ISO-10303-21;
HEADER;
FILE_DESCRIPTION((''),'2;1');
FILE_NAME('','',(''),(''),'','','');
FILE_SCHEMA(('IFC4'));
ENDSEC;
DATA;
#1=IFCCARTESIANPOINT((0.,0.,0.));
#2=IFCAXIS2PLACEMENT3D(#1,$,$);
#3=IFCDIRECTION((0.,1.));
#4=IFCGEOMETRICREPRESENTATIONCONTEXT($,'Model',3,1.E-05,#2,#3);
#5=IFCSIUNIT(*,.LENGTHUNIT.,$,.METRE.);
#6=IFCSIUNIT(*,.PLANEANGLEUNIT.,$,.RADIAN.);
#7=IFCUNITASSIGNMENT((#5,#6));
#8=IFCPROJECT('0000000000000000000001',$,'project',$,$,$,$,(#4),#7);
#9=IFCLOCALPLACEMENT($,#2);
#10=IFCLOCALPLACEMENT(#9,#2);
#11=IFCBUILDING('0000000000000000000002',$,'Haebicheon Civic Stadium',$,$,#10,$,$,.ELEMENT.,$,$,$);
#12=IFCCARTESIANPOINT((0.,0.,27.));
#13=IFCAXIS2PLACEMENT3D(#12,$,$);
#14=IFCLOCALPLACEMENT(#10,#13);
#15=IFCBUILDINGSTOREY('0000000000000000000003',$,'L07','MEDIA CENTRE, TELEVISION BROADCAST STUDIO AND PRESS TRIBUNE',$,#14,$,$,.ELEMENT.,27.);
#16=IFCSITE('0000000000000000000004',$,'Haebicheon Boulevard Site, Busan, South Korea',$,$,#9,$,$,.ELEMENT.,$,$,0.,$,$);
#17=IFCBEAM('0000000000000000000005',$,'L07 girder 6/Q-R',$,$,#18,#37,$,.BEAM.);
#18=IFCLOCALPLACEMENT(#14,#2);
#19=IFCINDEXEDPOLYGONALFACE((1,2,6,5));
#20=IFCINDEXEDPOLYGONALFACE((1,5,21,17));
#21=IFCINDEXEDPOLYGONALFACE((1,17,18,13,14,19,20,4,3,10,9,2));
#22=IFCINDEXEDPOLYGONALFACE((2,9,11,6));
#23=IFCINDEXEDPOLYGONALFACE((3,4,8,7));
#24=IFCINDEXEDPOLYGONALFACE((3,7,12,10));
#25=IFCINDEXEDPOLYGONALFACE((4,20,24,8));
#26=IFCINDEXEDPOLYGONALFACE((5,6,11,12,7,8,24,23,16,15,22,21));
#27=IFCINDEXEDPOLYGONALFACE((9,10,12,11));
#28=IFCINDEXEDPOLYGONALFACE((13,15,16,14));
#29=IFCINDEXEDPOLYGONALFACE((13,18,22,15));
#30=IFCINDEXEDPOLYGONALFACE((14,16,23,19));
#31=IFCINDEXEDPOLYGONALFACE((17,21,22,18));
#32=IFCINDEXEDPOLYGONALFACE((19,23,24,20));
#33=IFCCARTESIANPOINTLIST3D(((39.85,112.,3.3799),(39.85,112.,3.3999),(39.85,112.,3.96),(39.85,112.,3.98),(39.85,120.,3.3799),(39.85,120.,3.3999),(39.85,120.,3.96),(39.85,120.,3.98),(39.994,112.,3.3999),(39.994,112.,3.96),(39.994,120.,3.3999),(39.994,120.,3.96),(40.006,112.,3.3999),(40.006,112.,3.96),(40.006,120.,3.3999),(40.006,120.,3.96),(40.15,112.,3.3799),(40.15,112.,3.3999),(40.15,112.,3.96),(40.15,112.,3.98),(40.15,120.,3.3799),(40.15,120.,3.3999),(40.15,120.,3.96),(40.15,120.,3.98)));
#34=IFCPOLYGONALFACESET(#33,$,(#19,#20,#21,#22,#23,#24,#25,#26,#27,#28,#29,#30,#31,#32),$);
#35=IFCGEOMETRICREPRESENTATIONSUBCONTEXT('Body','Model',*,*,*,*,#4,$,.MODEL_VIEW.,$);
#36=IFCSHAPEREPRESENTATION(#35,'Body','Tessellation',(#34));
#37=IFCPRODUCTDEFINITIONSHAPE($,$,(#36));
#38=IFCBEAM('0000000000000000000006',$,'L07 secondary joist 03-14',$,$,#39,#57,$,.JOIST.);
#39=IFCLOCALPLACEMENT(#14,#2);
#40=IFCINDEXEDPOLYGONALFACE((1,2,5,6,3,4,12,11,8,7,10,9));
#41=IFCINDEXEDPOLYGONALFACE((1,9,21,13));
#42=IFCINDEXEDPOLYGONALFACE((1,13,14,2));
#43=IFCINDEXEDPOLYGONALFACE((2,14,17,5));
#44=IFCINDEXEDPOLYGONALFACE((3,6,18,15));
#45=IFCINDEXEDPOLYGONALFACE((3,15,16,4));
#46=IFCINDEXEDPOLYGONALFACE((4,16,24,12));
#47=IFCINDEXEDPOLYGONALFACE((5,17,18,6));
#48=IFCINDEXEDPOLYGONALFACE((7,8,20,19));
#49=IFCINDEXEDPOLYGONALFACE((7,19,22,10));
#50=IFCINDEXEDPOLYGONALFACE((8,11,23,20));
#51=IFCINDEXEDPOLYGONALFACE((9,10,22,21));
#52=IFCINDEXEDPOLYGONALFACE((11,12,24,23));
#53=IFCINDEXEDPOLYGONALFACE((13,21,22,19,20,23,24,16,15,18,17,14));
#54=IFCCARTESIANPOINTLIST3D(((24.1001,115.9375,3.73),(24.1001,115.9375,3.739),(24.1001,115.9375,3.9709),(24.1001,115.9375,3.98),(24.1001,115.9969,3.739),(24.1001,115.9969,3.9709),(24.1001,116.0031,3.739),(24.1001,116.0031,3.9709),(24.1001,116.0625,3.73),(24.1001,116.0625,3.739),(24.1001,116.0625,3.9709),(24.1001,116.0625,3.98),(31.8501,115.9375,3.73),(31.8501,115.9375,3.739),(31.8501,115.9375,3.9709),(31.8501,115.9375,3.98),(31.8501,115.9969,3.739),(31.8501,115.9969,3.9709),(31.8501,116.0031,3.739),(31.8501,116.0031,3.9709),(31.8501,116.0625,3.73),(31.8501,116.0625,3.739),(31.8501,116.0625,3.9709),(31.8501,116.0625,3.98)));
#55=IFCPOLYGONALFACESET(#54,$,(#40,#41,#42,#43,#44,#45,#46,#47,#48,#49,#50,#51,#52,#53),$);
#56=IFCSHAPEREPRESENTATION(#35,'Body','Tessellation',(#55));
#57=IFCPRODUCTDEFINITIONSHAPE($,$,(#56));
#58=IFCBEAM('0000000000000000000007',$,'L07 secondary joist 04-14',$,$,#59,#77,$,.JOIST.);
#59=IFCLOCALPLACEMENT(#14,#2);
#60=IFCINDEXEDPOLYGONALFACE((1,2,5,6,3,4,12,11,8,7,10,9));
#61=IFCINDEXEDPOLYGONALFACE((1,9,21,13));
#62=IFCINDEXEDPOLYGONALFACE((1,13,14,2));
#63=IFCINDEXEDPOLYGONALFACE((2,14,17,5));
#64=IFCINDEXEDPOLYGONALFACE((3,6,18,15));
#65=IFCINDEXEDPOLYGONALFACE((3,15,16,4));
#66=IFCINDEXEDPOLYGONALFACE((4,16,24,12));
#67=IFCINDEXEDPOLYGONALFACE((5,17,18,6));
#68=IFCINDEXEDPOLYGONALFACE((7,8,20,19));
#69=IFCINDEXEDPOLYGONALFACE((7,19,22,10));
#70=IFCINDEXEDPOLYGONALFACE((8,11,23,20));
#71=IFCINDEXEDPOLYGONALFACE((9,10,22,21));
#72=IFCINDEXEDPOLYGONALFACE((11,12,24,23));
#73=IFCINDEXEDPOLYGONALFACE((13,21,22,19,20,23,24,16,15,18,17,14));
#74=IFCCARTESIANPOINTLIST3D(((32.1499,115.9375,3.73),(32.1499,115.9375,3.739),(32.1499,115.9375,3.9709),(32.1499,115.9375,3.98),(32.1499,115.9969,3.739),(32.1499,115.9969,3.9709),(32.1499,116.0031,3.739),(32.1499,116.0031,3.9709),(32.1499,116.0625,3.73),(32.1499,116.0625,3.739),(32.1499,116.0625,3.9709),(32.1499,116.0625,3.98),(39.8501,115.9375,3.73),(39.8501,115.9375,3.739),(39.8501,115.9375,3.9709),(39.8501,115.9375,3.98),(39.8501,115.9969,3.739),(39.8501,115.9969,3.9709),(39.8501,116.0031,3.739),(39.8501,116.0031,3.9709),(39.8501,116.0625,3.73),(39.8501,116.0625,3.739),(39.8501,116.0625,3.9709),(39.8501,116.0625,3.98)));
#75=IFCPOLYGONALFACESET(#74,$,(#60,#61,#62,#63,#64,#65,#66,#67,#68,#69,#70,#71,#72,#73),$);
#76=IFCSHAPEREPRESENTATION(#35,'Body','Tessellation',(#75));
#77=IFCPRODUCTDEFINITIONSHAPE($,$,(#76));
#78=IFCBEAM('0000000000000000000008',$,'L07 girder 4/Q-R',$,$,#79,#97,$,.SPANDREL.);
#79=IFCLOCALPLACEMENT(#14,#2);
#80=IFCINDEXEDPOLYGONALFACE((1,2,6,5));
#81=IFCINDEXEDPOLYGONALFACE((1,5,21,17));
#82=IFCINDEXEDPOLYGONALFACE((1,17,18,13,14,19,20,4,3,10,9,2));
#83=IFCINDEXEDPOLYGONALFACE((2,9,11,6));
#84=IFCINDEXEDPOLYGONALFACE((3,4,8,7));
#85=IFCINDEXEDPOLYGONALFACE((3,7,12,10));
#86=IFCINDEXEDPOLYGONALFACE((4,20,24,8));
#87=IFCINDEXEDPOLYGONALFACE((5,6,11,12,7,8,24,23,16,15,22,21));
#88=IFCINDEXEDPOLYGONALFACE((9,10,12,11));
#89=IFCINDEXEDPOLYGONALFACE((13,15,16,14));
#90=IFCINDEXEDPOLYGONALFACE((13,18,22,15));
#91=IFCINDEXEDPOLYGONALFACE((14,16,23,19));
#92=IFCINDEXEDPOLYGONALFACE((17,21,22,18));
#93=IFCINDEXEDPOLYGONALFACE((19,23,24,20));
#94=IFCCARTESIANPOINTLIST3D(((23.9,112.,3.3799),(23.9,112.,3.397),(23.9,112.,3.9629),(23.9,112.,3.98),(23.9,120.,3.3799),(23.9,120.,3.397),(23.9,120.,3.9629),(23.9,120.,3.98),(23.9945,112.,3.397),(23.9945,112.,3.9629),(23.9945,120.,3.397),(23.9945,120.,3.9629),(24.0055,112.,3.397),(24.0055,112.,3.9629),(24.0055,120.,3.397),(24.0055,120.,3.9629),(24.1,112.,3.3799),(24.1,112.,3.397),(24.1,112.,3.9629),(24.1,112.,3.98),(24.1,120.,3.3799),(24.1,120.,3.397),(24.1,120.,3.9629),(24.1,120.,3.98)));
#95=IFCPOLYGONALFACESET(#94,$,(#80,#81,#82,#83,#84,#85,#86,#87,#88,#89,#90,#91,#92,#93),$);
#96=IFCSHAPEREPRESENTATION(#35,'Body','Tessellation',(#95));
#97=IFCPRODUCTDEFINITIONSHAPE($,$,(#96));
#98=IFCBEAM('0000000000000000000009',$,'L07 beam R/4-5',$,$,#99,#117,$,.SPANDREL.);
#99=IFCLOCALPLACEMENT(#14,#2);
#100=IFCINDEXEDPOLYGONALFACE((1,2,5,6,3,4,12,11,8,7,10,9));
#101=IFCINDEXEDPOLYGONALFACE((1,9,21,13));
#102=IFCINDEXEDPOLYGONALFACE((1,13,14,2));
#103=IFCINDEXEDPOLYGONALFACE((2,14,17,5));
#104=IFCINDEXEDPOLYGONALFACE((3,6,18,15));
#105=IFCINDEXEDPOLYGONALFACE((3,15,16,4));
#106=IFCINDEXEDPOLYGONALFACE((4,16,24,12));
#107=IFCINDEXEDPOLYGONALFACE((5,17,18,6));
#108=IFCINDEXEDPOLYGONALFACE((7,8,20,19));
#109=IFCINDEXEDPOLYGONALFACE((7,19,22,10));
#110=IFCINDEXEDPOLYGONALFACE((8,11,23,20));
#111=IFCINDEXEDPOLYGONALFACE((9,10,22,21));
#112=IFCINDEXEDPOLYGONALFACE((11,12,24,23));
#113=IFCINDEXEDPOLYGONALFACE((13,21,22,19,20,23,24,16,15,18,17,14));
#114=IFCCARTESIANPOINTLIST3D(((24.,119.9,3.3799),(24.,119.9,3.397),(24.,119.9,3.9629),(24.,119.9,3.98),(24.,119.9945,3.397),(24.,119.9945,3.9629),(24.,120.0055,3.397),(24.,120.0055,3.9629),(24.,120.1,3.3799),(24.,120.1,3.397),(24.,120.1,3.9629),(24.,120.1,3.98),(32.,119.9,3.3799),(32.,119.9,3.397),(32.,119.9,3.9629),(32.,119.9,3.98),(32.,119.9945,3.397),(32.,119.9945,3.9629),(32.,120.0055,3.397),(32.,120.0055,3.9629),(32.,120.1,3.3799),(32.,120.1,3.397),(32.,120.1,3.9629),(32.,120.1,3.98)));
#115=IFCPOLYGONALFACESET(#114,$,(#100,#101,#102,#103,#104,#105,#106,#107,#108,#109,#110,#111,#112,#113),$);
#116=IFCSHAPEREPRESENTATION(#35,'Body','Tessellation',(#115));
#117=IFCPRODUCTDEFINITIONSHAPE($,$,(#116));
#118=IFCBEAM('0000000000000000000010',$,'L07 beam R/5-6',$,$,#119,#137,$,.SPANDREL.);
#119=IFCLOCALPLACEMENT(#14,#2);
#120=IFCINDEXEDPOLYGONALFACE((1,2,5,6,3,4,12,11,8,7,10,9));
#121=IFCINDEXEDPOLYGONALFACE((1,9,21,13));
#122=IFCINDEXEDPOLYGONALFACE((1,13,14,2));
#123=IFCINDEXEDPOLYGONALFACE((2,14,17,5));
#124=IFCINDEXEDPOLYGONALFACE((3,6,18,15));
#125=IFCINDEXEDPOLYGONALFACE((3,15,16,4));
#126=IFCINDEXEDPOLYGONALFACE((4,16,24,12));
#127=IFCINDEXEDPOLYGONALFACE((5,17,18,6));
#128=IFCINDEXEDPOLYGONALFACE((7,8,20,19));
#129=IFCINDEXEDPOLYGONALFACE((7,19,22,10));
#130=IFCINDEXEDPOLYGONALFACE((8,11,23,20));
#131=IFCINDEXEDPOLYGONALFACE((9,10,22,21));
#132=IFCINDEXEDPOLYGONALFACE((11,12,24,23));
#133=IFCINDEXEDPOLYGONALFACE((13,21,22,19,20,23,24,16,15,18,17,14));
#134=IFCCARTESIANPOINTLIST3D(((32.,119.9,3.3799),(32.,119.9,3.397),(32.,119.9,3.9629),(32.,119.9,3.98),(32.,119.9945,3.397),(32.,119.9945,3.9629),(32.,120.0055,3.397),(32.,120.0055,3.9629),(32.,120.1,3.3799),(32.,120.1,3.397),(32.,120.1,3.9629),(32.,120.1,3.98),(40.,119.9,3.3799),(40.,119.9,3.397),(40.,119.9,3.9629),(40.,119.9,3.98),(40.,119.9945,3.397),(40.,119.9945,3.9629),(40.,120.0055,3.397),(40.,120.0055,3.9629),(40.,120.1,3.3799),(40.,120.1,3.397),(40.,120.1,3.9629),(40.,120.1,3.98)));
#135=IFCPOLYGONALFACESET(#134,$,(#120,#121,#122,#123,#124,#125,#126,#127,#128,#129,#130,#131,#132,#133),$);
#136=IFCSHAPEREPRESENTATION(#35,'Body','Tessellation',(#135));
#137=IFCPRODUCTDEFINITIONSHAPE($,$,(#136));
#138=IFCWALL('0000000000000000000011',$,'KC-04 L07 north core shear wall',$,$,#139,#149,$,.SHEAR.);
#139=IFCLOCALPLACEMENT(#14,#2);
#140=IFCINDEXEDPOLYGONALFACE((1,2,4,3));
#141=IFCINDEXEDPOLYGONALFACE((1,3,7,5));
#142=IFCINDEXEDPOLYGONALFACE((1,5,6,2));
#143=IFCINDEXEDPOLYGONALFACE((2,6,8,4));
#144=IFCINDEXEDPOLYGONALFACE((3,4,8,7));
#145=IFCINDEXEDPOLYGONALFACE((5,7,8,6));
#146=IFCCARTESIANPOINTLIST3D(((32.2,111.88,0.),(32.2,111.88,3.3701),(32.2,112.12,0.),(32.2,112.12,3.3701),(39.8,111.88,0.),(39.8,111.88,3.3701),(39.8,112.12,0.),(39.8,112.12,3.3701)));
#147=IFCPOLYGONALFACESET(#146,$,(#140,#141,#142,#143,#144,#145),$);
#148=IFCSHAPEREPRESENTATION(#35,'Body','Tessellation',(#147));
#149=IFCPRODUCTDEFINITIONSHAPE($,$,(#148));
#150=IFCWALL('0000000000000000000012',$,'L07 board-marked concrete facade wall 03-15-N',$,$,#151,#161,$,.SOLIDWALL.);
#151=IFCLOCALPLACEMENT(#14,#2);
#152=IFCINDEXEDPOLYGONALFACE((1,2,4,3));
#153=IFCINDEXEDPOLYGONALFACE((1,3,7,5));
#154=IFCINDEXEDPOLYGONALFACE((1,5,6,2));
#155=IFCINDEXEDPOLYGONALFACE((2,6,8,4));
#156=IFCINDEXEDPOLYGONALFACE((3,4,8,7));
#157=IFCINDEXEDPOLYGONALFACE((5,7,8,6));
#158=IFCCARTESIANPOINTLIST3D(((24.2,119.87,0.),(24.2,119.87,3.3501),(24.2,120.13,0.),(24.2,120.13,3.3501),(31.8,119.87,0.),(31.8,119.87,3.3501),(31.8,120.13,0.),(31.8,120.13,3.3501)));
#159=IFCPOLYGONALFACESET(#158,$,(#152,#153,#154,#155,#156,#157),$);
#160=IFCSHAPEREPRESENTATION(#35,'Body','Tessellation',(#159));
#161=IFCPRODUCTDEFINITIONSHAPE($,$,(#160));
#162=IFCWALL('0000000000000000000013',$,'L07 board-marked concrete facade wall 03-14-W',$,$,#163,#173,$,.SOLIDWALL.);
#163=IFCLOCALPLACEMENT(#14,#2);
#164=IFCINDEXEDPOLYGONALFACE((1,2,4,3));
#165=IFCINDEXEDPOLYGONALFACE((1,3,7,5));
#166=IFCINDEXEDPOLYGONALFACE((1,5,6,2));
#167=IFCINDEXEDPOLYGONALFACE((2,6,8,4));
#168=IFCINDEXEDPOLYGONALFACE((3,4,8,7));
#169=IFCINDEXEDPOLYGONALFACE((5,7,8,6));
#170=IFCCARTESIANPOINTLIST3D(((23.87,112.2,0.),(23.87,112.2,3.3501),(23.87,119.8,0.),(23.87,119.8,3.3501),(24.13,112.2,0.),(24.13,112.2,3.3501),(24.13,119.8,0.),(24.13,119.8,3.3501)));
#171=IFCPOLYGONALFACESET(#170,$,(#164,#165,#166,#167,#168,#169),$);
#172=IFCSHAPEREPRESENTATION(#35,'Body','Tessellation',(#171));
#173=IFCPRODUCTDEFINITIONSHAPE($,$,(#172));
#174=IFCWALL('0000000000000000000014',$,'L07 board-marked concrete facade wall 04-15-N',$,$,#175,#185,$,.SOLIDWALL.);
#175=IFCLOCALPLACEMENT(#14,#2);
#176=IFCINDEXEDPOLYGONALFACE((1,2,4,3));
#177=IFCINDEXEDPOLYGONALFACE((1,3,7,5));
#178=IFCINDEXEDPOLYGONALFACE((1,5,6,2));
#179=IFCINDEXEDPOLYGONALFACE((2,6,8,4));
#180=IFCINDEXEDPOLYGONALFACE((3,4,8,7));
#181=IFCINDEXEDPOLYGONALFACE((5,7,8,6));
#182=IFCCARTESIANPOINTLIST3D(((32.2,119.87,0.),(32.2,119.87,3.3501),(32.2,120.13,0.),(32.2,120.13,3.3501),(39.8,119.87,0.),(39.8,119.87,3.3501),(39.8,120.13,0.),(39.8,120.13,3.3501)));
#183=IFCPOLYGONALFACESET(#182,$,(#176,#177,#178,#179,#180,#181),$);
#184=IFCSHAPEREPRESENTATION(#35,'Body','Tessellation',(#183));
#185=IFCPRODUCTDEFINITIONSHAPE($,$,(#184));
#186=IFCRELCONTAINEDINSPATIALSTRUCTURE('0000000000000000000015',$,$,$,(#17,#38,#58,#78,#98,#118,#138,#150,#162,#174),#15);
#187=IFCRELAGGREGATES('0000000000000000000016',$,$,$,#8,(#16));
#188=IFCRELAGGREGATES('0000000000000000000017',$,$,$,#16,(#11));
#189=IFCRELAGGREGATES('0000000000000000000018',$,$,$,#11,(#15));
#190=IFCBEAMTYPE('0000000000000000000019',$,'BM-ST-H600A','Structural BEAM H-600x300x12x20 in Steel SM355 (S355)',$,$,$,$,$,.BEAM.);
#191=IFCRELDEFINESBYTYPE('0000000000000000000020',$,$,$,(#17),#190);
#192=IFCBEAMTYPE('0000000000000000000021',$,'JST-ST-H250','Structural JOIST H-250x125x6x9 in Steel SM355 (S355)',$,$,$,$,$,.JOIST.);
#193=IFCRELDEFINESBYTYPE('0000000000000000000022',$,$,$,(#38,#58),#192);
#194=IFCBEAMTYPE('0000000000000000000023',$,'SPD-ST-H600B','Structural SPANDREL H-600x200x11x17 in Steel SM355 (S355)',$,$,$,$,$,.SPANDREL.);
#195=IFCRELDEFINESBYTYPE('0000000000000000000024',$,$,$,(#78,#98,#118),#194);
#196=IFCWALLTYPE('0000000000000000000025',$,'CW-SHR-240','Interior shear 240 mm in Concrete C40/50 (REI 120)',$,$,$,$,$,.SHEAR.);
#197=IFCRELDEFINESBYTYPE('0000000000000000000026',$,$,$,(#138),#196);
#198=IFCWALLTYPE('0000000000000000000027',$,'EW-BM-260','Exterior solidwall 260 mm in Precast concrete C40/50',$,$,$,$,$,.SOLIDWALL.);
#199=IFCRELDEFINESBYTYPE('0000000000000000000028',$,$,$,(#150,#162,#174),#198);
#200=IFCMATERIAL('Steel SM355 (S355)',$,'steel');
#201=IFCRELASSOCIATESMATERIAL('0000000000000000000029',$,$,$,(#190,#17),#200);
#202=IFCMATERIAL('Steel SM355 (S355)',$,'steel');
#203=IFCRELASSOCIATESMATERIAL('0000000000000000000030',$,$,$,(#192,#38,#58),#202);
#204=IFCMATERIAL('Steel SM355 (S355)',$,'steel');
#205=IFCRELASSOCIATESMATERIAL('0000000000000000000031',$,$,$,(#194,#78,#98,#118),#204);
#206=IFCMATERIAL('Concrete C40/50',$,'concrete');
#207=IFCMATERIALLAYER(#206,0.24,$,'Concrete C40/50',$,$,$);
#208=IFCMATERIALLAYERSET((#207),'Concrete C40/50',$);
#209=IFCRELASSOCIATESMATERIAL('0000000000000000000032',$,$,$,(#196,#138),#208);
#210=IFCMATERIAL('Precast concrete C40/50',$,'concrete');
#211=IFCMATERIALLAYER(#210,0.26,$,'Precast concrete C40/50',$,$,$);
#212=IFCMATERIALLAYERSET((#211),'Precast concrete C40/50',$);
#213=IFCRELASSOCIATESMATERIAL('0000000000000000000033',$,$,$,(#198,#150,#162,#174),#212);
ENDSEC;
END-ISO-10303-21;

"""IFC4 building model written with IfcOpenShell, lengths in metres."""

from ifc_helpers import new_model, si_unit, direction, frame, frame_2d, origin, origin_2d, place, context, subcontext, project, spatial, rectangle, i_section, extrude, material, layer, layer_set, material_profile, profile_set, type_object, element, save


model = new_model("IFC4")

# Units and contexts
model_context = context("Model", 3, precision=1e-05, world=origin(), true_north=direction((0.0, 1.0)))
body_context = subcontext(model_context, "Body", "Model", "MODEL_VIEW")
ifc_project = project(units=[si_unit("LENGTHUNIT", "METRE"), si_unit("PLANEANGLEUNIT", "RADIAN")], contexts=[model_context])

# Site, building, storey
site_placement = place(None, origin())
site = spatial("IfcSite", under=ifc_project, at=site_placement, Name="Haebicheon Boulevard Site, Busan, South Korea", CompositionType="ELEMENT", RefElevation=0.0)
building_placement = place(site_placement, origin())
building = spatial("IfcBuilding", under=site, at=building_placement, Name="Haebicheon Civic Stadium", CompositionType="ELEMENT")
storey_placement = place(building_placement, frame((0.0, 0.0, 27.0)))
storey = spatial("IfcBuildingStorey", under=building, at=storey_placement, Name="L07", Description="MEDIA CENTRE, TELEVISION BROADCAST STUDIO AND PRESS TRIBUNE", CompositionType="ELEMENT", Elevation=27.0)

# Beams
ifc_material_1 = material(Name="Steel SM355 (S355)", Category="steel")
ifc_material_profile_1 = material_profile(ifc_material_1, i_section(OverallWidth=0.3, OverallDepth=0.6001, WebThickness=0.012, FlangeThickness=0.02, at=origin_2d()), Name="H-600x300x12x20")
ifc_profile_set_1 = profile_set([ifc_material_profile_1], Name="Steel SM355 (S355)")
beam_type_1 = type_object("IfcBeamType", Name="BM-ST-H600A", Description="Structural BEAM H-600x300x12x20 in Steel SM355 (S355)", PredefinedType="BEAM", material=ifc_profile_set_1)
for number, where, z_axis, x_axis, name in (
    (1, (40.0, 112.0, 3.6799), (0.0, 1.0, 0.0), (-1.0, 0.0, 0.0), "L07 girder 6/Q-R"),
):
    element("IfcBeam", number, at=place(storey_placement, frame(where, z_axis=z_axis, x_axis=x_axis)), inside=storey, type_object=beam_type_1, material=ifc_profile_set_1, Name=name, PredefinedType="BEAM", context=body_context, shape_type="SweptSolid", body=[
        extrude(i_section(OverallWidth=0.3, OverallDepth=0.6001, WebThickness=0.012, FlangeThickness=0.02, at=origin_2d()), origin(), (0.0, 0.0, 1.0), 8.0),
    ])
ifc_material_2 = material(Name="Steel SM355 (S355)", Category="steel")
ifc_material_profile_2 = material_profile(ifc_material_2, i_section(OverallWidth=0.125, OverallDepth=0.25, WebThickness=0.0061, FlangeThickness=0.009, at=origin_2d()), Name="H-250x125x6x9")
ifc_profile_set_2 = profile_set([ifc_material_profile_2], Name="Steel SM355 (S355)")
beam_type_2 = type_object("IfcBeamType", Name="JST-ST-H250", Description="Structural JOIST H-250x125x6x9 in Steel SM355 (S355)", PredefinedType="JOIST", material=ifc_profile_set_2)
beam_1_placement = place(storey_placement, frame((24.1001, 116.0, 3.855), z_axis=(1.0, 0.0, 0.0), x_axis=(0.0, 1.0, 0.0)))
element("IfcBeam", 2, at=beam_1_placement, inside=storey, type_object=beam_type_2, material=ifc_profile_set_2, Name="L07 secondary joist 03-14", PredefinedType="JOIST", context=body_context, shape_type="SweptSolid", body=[
    extrude(i_section(OverallWidth=0.125, OverallDepth=0.25, WebThickness=0.0061, FlangeThickness=0.009, at=origin_2d()), origin(), (0.0, 0.0, 1.0), 7.75),
])
beam_2_placement = place(storey_placement, frame((32.1499, 116.0, 3.855), z_axis=(1.0, 0.0, 0.0), x_axis=(0.0, 1.0, 0.0)))
element("IfcBeam", 3, at=beam_2_placement, inside=storey, type_object=beam_type_2, material=ifc_profile_set_2, Name="L07 secondary joist 04-14", PredefinedType="JOIST", context=body_context, shape_type="SweptSolid", body=[
    extrude(i_section(OverallWidth=0.125, OverallDepth=0.25, WebThickness=0.0061, FlangeThickness=0.009, at=origin_2d()), origin(), (0.0, 0.0, 1.0), 7.7002),
])
ifc_material_3 = material(Name="Steel SM355 (S355)", Category="steel")
ifc_material_profile_3 = material_profile(ifc_material_3, i_section(OverallWidth=0.2, OverallDepth=0.6001, WebThickness=0.011, FlangeThickness=0.0171, at=origin_2d()), Name="H-600x200x11x17")
ifc_profile_set_3 = profile_set([ifc_material_profile_3], Name="Steel SM355 (S355)")
beam_type_3 = type_object("IfcBeamType", Name="SPD-ST-H600B", Description="Structural SPANDREL H-600x200x11x17 in Steel SM355 (S355)", PredefinedType="SPANDREL", material=ifc_profile_set_3)
for number, where, z_axis, x_axis, name in (
    (4, (24.0, 112.0, 3.6799), (0.0, 1.0, 0.0), (-1.0, 0.0, 0.0), "L07 girder 4/Q-R"),
    (5, (24.0, 120.0, 3.6799), (1.0, 0.0, 0.0), (0.0, 1.0, 0.0), "L07 beam R/4-5"),
    (6, (32.0, 120.0, 3.6799), (1.0, 0.0, 0.0), (0.0, 1.0, 0.0), "L07 beam R/5-6"),
):
    element("IfcBeam", number, at=place(storey_placement, frame(where, z_axis=z_axis, x_axis=x_axis)), inside=storey, type_object=beam_type_3, material=ifc_profile_set_3, Name=name, PredefinedType="SPANDREL", context=body_context, shape_type="SweptSolid", body=[
        extrude(i_section(OverallWidth=0.2, OverallDepth=0.6001, WebThickness=0.011, FlangeThickness=0.0171, at=origin_2d()), origin(), (0.0, 0.0, 1.0), 8.0),
    ])

# Wall
ifc_material_4 = material(Name="Concrete C40/50", Category="concrete")
ifc_layer_1 = layer(ifc_material_4, 0.24, Name="Concrete C40/50")
ifc_layer_set_1 = layer_set([ifc_layer_1], Name="Concrete C40/50")
wall_type_1 = type_object("IfcWallType", Name="CW-SHR-240", Description="Interior shear 240 mm in Concrete C40/50 (REI 120)", PredefinedType="SHEAR", material=ifc_layer_set_1)
wall_1_placement = place(storey_placement, frame((32.2, 112.0, 0.0), z_axis=(0.0, 0.0, 1.0), x_axis=(1.0, 0.0, 0.0)))
element("IfcWall", 7, at=wall_1_placement, inside=storey, type_object=wall_type_1, material=ifc_layer_set_1, Name="KC-04 L07 north core shear wall", PredefinedType="SHEAR", context=body_context, shape_type="SweptSolid", body=[
    extrude(rectangle(XDim=7.6001, YDim=0.24, at=frame_2d((3.8, 0.0))), origin(), (0.0, 0.0, 1.0), 3.3701),
])

# Walls
ifc_material_5 = material(Name="Precast concrete C40/50", Category="concrete")
ifc_layer_2 = layer(ifc_material_5, 0.26, Name="Precast concrete C40/50")
ifc_layer_set_2 = layer_set([ifc_layer_2], Name="Precast concrete C40/50")
wall_type_2 = type_object("IfcWallType", Name="EW-BM-260", Description="Exterior solidwall 260 mm in Precast concrete C40/50", PredefinedType="SOLIDWALL", material=ifc_layer_set_2)
for number, where, z_axis, x_axis, name in (
    (8, (24.2, 120.0, 0.0), (0.0, 0.0, 1.0), (1.0, 0.0, 0.0), "L07 board-marked concrete facade wall 03-15-N"),
    (9, (24.0, 112.2, 0.0), (0.0, 0.0, 1.0), (0.0, 1.0, 0.0), "L07 board-marked concrete facade wall 03-14-W"),
    (10, (32.2, 120.0, 0.0), (0.0, 0.0, 1.0), (1.0, 0.0, 0.0), "L07 board-marked concrete facade wall 04-15-N"),
):
    element("IfcWall", number, at=place(storey_placement, frame(where, z_axis=z_axis, x_axis=x_axis)), inside=storey, type_object=wall_type_2, material=ifc_layer_set_2, Name=name, PredefinedType="SOLIDWALL", context=body_context, shape_type="SweptSolid", body=[
        extrude(rectangle(XDim=7.6001, YDim=0.26, at=frame_2d((3.8, 0.0))), origin(), (0.0, 0.0, 1.0), 3.3501),
    ])

save(model, "model.ifc")
